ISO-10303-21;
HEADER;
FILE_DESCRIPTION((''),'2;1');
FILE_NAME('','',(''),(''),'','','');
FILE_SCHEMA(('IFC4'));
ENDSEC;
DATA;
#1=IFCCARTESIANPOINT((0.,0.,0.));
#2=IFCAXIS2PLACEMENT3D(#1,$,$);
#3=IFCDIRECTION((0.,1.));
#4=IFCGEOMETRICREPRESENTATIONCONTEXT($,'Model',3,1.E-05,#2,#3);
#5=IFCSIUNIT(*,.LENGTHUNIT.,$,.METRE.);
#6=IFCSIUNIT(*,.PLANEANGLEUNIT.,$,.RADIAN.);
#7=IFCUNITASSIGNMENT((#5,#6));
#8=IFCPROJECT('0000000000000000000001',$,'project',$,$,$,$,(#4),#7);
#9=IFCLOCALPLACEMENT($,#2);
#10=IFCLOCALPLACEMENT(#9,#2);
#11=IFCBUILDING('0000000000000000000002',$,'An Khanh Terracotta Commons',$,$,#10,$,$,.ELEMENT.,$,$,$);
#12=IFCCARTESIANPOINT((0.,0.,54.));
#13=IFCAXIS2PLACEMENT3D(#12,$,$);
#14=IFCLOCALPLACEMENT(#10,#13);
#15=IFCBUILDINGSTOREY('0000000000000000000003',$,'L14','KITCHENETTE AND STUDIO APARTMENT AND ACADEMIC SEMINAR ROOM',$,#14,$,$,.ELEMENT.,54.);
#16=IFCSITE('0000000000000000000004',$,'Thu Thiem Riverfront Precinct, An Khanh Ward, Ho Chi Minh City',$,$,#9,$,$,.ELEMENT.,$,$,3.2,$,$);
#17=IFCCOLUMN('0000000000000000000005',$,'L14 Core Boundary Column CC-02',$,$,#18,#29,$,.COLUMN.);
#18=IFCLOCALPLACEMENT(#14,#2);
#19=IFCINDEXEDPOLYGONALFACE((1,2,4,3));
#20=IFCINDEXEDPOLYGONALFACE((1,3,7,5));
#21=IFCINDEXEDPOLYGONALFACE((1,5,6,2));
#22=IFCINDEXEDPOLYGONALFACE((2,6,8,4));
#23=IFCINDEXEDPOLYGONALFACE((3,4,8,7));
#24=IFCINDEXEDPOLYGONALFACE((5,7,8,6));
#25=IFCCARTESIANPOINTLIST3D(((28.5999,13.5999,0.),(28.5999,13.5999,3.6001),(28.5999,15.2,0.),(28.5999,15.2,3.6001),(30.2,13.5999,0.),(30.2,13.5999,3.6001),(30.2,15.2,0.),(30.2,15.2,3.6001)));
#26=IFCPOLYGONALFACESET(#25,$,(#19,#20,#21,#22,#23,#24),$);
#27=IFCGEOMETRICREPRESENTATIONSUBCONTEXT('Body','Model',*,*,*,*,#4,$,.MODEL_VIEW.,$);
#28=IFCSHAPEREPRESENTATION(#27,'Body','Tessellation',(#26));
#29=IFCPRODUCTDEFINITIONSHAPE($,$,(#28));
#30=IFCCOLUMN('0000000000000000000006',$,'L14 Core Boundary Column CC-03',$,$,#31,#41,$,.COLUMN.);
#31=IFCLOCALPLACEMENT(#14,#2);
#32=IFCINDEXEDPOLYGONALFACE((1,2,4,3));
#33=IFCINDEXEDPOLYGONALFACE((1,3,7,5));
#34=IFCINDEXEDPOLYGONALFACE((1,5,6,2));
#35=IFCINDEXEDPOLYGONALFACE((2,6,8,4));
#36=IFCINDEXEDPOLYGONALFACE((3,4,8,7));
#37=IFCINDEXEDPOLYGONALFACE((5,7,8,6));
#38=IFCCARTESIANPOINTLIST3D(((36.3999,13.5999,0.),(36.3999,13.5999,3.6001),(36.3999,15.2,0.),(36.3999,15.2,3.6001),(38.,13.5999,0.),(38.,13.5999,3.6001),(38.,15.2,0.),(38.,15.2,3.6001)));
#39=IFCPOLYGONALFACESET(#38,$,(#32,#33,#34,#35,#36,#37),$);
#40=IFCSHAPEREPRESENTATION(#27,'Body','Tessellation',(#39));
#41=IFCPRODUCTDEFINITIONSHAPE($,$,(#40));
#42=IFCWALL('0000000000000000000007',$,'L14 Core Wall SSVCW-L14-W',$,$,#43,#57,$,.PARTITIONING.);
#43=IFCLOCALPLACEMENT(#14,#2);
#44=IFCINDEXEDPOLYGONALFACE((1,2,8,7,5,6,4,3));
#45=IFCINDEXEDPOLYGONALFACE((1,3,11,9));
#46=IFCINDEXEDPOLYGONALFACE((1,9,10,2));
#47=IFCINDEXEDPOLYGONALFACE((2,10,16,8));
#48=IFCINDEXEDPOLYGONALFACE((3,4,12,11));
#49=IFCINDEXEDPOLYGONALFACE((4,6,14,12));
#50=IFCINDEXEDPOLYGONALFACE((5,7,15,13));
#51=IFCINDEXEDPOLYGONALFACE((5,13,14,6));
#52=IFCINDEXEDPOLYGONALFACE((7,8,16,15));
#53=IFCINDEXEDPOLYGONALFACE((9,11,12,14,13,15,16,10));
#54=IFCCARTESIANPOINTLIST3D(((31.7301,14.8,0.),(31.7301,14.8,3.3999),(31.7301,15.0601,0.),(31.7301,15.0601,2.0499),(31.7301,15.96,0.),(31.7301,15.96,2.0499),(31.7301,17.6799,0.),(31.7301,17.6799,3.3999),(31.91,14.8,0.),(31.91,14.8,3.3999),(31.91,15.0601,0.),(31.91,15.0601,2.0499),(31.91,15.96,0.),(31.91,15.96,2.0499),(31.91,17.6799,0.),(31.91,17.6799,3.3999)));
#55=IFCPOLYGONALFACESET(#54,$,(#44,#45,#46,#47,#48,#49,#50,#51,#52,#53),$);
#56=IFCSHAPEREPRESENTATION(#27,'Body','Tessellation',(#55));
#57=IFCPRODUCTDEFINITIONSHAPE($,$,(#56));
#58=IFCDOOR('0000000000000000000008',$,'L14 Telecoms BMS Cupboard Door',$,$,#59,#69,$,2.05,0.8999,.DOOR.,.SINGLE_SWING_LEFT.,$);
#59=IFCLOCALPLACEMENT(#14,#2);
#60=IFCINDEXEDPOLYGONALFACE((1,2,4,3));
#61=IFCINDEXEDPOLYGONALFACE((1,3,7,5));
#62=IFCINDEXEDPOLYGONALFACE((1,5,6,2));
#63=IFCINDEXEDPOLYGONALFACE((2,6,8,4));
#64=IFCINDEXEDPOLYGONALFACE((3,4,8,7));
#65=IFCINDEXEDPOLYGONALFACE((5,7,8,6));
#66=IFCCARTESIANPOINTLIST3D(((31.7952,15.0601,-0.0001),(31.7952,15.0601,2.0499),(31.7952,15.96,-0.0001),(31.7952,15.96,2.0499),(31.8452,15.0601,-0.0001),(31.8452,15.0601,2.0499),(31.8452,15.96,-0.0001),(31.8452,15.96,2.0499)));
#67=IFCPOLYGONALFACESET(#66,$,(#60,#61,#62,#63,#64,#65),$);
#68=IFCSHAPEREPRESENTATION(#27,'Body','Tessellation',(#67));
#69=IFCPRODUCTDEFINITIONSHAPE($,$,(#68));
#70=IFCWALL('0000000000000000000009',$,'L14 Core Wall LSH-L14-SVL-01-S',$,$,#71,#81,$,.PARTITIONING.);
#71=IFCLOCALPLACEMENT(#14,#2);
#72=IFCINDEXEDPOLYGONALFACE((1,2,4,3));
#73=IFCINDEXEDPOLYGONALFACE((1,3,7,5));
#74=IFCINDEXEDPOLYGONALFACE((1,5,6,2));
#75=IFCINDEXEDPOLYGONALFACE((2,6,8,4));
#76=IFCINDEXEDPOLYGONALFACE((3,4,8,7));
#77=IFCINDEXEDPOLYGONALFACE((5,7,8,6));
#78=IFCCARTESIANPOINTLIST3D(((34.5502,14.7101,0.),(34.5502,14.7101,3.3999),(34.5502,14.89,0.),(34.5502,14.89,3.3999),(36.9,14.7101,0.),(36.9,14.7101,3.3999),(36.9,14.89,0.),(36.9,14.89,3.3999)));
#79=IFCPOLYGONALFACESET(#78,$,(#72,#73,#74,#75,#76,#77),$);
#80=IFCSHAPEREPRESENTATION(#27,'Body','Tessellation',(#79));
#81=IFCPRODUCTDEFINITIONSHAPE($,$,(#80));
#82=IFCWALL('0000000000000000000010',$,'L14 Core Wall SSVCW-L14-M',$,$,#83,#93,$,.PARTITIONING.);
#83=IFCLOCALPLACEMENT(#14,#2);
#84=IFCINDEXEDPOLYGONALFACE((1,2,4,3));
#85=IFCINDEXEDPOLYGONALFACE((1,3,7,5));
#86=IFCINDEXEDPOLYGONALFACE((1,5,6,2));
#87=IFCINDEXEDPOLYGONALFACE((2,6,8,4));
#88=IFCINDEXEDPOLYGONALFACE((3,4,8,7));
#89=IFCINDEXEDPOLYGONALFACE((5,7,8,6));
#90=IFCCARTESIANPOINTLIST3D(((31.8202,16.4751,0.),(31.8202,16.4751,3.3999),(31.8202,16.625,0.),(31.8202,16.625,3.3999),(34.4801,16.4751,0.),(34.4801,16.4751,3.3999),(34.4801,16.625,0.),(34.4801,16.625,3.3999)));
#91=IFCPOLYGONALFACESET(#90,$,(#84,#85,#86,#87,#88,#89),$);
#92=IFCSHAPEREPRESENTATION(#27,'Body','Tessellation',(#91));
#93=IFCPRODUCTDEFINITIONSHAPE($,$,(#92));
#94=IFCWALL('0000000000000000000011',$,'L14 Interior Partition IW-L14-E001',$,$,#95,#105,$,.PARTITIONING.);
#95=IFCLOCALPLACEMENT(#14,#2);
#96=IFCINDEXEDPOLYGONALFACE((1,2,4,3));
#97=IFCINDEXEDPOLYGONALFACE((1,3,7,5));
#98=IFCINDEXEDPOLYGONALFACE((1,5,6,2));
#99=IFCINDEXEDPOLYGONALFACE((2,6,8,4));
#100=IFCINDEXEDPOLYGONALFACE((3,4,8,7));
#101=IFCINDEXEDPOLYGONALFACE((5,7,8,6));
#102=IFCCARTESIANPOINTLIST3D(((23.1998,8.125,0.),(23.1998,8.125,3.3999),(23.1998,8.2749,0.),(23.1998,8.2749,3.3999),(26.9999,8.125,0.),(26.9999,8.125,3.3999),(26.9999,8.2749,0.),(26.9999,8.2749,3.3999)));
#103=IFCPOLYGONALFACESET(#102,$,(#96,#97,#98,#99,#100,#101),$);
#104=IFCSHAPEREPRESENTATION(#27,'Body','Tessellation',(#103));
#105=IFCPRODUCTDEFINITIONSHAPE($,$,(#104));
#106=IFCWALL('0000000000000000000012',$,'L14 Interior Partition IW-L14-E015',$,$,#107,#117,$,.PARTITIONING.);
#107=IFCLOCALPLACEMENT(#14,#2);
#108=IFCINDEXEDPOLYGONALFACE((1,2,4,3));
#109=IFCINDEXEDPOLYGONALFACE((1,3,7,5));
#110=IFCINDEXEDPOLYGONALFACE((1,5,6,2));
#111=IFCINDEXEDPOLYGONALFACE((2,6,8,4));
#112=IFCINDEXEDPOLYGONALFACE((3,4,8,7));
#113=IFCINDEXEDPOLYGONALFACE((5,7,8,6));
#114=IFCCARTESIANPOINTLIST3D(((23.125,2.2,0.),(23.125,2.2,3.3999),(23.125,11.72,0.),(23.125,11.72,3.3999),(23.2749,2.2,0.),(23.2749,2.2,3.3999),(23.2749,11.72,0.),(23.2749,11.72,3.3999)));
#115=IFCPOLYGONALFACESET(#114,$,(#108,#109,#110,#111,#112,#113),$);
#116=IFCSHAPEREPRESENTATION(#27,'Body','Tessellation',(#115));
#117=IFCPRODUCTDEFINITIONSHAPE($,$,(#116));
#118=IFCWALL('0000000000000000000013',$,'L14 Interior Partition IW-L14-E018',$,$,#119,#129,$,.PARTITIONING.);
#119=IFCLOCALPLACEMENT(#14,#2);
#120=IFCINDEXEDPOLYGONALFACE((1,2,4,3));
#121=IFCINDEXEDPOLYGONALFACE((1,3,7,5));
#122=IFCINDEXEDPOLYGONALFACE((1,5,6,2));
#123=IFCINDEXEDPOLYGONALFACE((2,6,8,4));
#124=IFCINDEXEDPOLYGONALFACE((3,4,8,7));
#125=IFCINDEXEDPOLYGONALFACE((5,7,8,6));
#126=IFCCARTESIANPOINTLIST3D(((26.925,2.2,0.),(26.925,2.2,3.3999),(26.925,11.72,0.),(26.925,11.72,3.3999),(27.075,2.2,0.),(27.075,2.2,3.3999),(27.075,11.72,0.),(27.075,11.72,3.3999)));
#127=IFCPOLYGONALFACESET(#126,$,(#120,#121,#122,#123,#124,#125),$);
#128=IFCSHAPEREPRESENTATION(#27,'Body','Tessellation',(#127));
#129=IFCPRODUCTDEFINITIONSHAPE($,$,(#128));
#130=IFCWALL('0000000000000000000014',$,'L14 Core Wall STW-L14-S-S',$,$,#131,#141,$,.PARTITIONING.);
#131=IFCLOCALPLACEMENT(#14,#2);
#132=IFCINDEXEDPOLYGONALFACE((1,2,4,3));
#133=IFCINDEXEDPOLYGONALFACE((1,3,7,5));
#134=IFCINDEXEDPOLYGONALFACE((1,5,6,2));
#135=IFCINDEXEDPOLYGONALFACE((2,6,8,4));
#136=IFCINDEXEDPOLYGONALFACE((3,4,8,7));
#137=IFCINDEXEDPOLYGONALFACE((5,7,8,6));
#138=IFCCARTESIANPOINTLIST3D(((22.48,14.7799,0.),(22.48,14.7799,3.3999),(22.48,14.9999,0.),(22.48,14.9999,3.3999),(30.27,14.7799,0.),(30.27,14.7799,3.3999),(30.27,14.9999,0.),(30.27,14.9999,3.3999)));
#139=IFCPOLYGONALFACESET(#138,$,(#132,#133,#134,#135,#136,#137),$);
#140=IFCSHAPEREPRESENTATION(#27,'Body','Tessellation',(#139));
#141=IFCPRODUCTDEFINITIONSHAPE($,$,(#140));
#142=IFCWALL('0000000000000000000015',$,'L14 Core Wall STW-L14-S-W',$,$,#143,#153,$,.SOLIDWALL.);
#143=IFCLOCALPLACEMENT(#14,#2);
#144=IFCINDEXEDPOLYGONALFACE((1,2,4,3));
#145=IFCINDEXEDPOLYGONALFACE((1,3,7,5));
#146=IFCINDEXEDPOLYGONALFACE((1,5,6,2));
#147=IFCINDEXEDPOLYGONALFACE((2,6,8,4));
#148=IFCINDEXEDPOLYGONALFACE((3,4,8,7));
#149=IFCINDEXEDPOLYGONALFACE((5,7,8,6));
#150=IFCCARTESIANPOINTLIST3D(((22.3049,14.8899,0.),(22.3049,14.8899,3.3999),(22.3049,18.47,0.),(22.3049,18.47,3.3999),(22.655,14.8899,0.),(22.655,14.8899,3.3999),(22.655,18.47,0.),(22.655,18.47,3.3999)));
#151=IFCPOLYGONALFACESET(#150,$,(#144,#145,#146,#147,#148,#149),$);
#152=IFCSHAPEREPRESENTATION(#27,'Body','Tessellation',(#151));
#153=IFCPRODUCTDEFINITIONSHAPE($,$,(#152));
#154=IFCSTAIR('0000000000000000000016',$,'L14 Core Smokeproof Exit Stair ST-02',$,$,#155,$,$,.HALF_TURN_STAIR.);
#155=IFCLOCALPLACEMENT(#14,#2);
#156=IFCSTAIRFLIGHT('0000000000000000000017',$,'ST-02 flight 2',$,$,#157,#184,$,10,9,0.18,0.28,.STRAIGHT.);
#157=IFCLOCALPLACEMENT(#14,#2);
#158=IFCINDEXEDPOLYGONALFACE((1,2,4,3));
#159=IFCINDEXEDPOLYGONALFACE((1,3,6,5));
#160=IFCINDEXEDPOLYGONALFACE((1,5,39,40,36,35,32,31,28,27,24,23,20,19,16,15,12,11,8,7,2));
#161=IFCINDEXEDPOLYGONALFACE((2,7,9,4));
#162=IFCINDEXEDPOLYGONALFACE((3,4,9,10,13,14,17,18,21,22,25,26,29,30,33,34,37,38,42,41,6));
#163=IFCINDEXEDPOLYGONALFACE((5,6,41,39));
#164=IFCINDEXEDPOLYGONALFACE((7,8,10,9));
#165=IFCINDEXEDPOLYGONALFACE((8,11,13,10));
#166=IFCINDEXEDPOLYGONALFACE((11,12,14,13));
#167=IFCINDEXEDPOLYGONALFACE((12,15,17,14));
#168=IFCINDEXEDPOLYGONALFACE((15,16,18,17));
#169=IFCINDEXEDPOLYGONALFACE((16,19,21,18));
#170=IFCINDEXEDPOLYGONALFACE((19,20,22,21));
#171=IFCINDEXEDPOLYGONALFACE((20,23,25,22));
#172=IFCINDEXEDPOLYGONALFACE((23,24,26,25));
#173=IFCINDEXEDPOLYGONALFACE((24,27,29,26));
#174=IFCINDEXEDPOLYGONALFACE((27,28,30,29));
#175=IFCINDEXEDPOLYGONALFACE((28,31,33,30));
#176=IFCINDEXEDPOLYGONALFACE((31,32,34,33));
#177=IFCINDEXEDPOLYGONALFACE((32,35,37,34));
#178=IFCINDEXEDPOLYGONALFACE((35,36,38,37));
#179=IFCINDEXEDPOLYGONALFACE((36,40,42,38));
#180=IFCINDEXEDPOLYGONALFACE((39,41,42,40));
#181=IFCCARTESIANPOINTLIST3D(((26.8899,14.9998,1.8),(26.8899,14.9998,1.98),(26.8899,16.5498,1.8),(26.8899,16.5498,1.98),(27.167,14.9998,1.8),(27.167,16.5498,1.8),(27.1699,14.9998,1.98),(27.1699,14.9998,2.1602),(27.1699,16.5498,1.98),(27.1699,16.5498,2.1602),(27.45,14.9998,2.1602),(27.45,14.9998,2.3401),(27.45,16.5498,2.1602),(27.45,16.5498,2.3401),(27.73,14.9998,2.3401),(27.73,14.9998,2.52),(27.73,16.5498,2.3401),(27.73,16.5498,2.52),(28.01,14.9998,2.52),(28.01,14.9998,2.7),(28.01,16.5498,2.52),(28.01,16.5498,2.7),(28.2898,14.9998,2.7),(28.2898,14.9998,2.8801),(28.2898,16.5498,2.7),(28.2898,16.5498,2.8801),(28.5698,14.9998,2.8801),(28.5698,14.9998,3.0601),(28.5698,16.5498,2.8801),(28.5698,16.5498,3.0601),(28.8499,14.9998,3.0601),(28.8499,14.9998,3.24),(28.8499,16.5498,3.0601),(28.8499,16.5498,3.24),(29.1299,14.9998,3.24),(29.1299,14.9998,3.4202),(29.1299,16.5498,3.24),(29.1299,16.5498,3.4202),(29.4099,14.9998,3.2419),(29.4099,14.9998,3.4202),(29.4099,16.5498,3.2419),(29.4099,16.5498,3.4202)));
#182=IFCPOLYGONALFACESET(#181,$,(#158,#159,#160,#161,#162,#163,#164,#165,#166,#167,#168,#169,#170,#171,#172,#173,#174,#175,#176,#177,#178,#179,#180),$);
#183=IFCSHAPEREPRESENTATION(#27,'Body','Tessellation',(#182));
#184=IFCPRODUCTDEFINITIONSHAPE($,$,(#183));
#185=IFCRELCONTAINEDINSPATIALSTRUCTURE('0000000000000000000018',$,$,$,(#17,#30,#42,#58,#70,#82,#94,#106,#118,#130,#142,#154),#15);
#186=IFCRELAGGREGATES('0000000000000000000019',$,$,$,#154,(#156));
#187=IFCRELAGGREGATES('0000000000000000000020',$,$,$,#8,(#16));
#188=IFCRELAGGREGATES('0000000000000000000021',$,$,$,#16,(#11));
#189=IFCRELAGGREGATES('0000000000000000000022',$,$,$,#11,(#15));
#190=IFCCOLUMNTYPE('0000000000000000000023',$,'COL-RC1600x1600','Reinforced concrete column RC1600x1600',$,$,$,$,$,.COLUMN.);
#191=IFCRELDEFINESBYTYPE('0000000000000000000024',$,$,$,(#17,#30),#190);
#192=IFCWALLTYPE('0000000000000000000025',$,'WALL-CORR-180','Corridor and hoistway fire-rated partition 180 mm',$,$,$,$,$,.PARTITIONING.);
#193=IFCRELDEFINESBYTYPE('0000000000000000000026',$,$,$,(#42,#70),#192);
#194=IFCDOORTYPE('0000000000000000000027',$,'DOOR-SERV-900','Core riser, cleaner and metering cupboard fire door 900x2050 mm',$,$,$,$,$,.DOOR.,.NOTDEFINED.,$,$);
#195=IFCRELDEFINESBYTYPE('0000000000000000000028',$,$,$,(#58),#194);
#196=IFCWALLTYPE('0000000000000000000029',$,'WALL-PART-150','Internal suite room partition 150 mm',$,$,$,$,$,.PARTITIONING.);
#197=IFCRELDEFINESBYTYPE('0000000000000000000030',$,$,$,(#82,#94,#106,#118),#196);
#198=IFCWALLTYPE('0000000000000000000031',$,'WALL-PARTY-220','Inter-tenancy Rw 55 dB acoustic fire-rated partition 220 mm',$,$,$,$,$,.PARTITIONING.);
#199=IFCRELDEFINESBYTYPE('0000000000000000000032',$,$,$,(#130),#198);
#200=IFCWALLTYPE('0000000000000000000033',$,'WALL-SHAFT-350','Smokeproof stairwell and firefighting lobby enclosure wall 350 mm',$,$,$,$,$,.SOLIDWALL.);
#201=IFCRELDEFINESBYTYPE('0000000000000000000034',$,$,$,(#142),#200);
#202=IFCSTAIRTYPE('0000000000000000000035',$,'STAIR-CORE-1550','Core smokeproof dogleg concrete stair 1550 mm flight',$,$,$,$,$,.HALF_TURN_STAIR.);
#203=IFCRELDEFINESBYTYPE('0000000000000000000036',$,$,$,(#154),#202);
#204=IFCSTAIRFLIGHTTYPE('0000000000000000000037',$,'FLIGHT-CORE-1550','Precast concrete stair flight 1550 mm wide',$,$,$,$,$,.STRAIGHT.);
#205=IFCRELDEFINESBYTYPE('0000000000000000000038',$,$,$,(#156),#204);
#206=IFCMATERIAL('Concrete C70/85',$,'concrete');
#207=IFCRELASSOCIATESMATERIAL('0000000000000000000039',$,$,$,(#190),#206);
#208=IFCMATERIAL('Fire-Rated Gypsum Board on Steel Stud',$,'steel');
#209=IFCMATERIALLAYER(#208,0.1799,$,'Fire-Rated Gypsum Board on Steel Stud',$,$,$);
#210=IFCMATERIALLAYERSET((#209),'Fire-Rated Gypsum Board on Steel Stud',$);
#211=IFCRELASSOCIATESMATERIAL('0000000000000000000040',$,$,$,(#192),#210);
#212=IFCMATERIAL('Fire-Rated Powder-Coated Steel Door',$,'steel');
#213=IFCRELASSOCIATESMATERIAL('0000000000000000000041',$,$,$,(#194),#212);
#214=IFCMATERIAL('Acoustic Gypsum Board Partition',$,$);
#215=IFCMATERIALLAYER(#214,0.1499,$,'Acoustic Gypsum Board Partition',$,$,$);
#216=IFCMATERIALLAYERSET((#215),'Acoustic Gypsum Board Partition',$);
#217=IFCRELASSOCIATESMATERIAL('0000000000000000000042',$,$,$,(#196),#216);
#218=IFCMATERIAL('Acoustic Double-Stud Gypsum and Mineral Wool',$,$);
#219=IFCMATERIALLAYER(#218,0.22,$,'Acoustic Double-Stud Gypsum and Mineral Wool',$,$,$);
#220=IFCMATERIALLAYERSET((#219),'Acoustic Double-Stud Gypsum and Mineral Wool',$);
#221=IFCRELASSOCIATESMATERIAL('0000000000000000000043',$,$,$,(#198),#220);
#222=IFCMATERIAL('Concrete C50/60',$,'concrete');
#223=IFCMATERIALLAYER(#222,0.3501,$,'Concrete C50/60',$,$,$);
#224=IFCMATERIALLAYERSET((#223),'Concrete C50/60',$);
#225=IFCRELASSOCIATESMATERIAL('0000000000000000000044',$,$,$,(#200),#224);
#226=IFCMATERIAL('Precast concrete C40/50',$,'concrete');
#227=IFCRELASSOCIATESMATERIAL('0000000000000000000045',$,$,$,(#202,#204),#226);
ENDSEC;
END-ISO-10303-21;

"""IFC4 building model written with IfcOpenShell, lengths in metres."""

from ifc_helpers import new_model, si_unit, direction, frame, frame_2d, origin, origin_2d, place, context, subcontext, project, spatial, polyline, rectangle, outline, extrude, material, layer, layer_set, material_profile, profile_set, type_object, element, fill, aggregate, save


model = new_model("IFC4")

# Units and contexts
model_context = context("Model", 3, precision=1e-05, world=origin(), true_north=direction((0.0, 1.0)))
body_context = subcontext(model_context, "Body", "Model", "MODEL_VIEW")
ifc_project = project(units=[si_unit("LENGTHUNIT", "METRE"), si_unit("PLANEANGLEUNIT", "RADIAN")], contexts=[model_context])

# Site, building, storey
site_placement = place(None, origin())
site = spatial("IfcSite", under=ifc_project, at=site_placement, Name="Thu Thiem Riverfront Precinct, An Khanh Ward, Ho Chi Minh City", CompositionType="ELEMENT", RefElevation=3.2)
building_placement = place(site_placement, origin())
building = spatial("IfcBuilding", under=site, at=building_placement, Name="An Khanh Terracotta Commons", CompositionType="ELEMENT")
storey_placement = place(building_placement, frame((0.0, 0.0, 54.0)))
storey = spatial("IfcBuildingStorey", under=building, at=storey_placement, Name="L14", Description="KITCHENETTE AND STUDIO APARTMENT AND ACADEMIC SEMINAR ROOM", CompositionType="ELEMENT", Elevation=54.0)

# Columns
ifc_material_1 = material(Name="Concrete C70/85", Category="concrete")
ifc_material_profile = material_profile(ifc_material_1, rectangle(XDim=1.6001, YDim=1.6001, at=origin_2d()), Name="RC1600x1600")
ifc_profile_set = profile_set([ifc_material_profile], Name="Concrete C70/85")
column_type = type_object("IfcColumnType", Name="COL-RC1600x1600", Description="Reinforced concrete column RC1600x1600", PredefinedType="COLUMN", material=ifc_profile_set)
for number, where, z_axis, x_axis, name in (
    (1, (29.3999, 14.3999, 0.0), (0.0, 0.0, 1.0), (1.0, 0.0, 0.0), "L14 Core Boundary Column CC-02"),
    (2, (37.2, 14.3999, 0.0), (0.0, 0.0, 1.0), (1.0, 0.0, 0.0), "L14 Core Boundary Column CC-03"),
):
    element("IfcColumn", number, at=place(storey_placement, frame(where, z_axis=z_axis, x_axis=x_axis)), inside=storey, type_object=column_type, Name=name, PredefinedType="COLUMN", context=body_context, shape_type="SweptSolid", body=[
        extrude(rectangle(XDim=1.6001, YDim=1.6001, at=origin_2d()), origin(), (0.0, 0.0, 1.0), 3.6001),
    ])

# Wall, opening, door
ifc_material_2 = material(Name="Fire-Rated Gypsum Board on Steel Stud", Category="steel")
ifc_layer_1 = layer(ifc_material_2, 0.1799, Name="Fire-Rated Gypsum Board on Steel Stud")
ifc_layer_set_1 = layer_set([ifc_layer_1], Name="Fire-Rated Gypsum Board on Steel Stud")
wall_type_1 = type_object("IfcWallType", Name="WALL-CORR-180", Description="Corridor and hoistway fire-rated partition 180 mm", PredefinedType="PARTITIONING", material=ifc_layer_set_1)
wall_1_placement = place(storey_placement, frame((31.8201, 14.8, 0.0), z_axis=(0.0, 0.0, 1.0), x_axis=(0.0, 1.0, 0.0)))
wall_1 = element("IfcWall", 3, at=wall_1_placement, inside=storey, type_object=wall_type_1, Name="L14 Core Wall SSVCW-L14-W", PredefinedType="PARTITIONING", context=body_context, shape_type="SweptSolid", body=[
    extrude(rectangle(XDim=2.8799, YDim=0.1799, at=frame_2d((1.4399, 0.0))), origin(), (0.0, 0.0, 1.0), 3.3999),
])
opening_1_placement = place(wall_1_placement, frame((0.26, 0.0, 0.0)))
opening_1 = element("IfcOpeningElement", 4, at=opening_1_placement, cuts=wall_1, PredefinedType="OPENING", context=body_context, shape_type="SweptSolid", body=[
    extrude(rectangle(XDim=0.8999, YDim=2.05, at=frame_2d((0.45, 1.0249))), frame((0.0, 0.0999, 0.0), z_axis=(0.0, -1.0, 0.0), x_axis=(1.0, 0.0, 0.0)), (0.0, 0.0, 1.0), 0.2),
])
ifc_material_3 = material(Name="Fire-Rated Powder-Coated Steel Door", Category="steel")
door_type_1 = type_object("IfcDoorType", Name="DOOR-SERV-900", Description="Core riser, cleaner and metering cupboard fire door 900x2050 mm", OperationType="NOTDEFINED", PredefinedType="DOOR", material=ifc_material_3)
door_1_placement = place(opening_1_placement, origin())
door_1 = element("IfcDoor", 5, at=door_1_placement, inside=storey, type_object=door_type_1, Name="L14 Telecoms BMS Cupboard Door", OperationType="SINGLE_SWING_LEFT", OverallHeight=2.05, OverallWidth=0.8999, PredefinedType="DOOR", context=body_context, shape_type="SweptSolid", body=[
    extrude(rectangle(XDim=0.8999, YDim=2.05, at=frame_2d((0.45, 1.0249))), frame((0.0, 0.0249, 0.0), z_axis=(0.0, -1.0, 0.0), x_axis=(1.0, 0.0, 0.0)), (0.0, 0.0, 1.0), 0.05),
])
fill(opening_1, door_1)

# Walls
wall_2_placement = place(storey_placement, frame((36.8999, 14.8, 0.0), z_axis=(0.0, 0.0, 1.0), x_axis=(-1.0, 0.0, 0.0)))
element("IfcWall", 6, at=wall_2_placement, inside=storey, type_object=wall_type_1, Name="L14 Core Wall LSH-L14-SVL-01-S", PredefinedType="PARTITIONING", context=body_context, shape_type="SweptSolid", body=[
    extrude(rectangle(XDim=2.3499, YDim=0.1799, at=frame_2d((1.1748, 0.0))), origin(), (0.0, 0.0, 1.0), 3.3999),
])
ifc_material_4 = material(Name="Acoustic Gypsum Board Partition")
ifc_layer_2 = layer(ifc_material_4, 0.1499, Name="Acoustic Gypsum Board Partition")
ifc_layer_set_2 = layer_set([ifc_layer_2], Name="Acoustic Gypsum Board Partition")
wall_type_2 = type_object("IfcWallType", Name="WALL-PART-150", Description="Internal suite room partition 150 mm", PredefinedType="PARTITIONING", material=ifc_layer_set_2)
wall_3_placement = place(storey_placement, frame((31.8201, 16.55, 0.0), z_axis=(0.0, 0.0, 1.0), x_axis=(1.0, 0.0, 0.0)))
element("IfcWall", 7, at=wall_3_placement, inside=storey, type_object=wall_type_2, Name="L14 Core Wall SSVCW-L14-M", PredefinedType="PARTITIONING", context=body_context, shape_type="SweptSolid", body=[
    extrude(rectangle(XDim=2.6599, YDim=0.1499, at=frame_2d((1.3301, 0.0))), origin(), (0.0, 0.0, 1.0), 3.3999),
])
wall_4_placement = place(storey_placement, frame((23.2, 8.2, 0.0), z_axis=(0.0, 0.0, 1.0), x_axis=(1.0, 0.0, 0.0)))
element("IfcWall", 8, at=wall_4_placement, inside=storey, type_object=wall_type_2, Name="L14 Interior Partition IW-L14-E001", PredefinedType="PARTITIONING", context=body_context, shape_type="SweptSolid", body=[
    extrude(rectangle(XDim=3.8, YDim=0.1499, at=frame_2d((1.8999, 0.0))), origin(), (0.0, 0.0, 1.0), 3.3999),
])
for number, where, z_axis, x_axis, name in (
    (9, (23.2, 2.2, 0.0), (0.0, 0.0, 1.0), (0.0, 1.0, 0.0), "L14 Interior Partition IW-L14-E015"),
    (10, (27.0, 2.2, 0.0), (0.0, 0.0, 1.0), (0.0, 1.0, 0.0), "L14 Interior Partition IW-L14-E018"),
):
    element("IfcWall", number, at=place(storey_placement, frame(where, z_axis=z_axis, x_axis=x_axis)), inside=storey, type_object=wall_type_2, Name=name, PredefinedType="PARTITIONING", context=body_context, shape_type="SweptSolid", body=[
        extrude(rectangle(XDim=9.52, YDim=0.1499, at=frame_2d((4.76, 0.0))), origin(), (0.0, 0.0, 1.0), 3.3999),
    ])
ifc_material_5 = material(Name="Acoustic Double-Stud Gypsum and Mineral Wool")
ifc_layer_3 = layer(ifc_material_5, 0.22, Name="Acoustic Double-Stud Gypsum and Mineral Wool")
ifc_layer_set_3 = layer_set([ifc_layer_3], Name="Acoustic Double-Stud Gypsum and Mineral Wool")
wall_type_3 = type_object("IfcWallType", Name="WALL-PARTY-220", Description="Inter-tenancy Rw 55 dB acoustic fire-rated partition 220 mm", PredefinedType="PARTITIONING", material=ifc_layer_set_3)
wall_5_placement = place(storey_placement, frame((22.48, 14.8899, 0.0), z_axis=(0.0, 0.0, 1.0), x_axis=(1.0, 0.0, 0.0)))
element("IfcWall", 11, at=wall_5_placement, inside=storey, type_object=wall_type_3, Name="L14 Core Wall STW-L14-S-S", PredefinedType="PARTITIONING", context=body_context, shape_type="SweptSolid", body=[
    extrude(rectangle(XDim=7.79, YDim=0.22, at=frame_2d((3.895, 0.0))), origin(), (0.0, 0.0, 1.0), 3.3999),
])
ifc_material_6 = material(Name="Concrete C50/60", Category="concrete")
ifc_layer_4 = layer(ifc_material_6, 0.3501, Name="Concrete C50/60")
ifc_layer_set_4 = layer_set([ifc_layer_4], Name="Concrete C50/60")
wall_type_4 = type_object("IfcWallType", Name="WALL-SHAFT-350", Description="Smokeproof stairwell and firefighting lobby enclosure wall 350 mm", PredefinedType="SOLIDWALL", material=ifc_layer_set_4)
wall_6_placement = place(storey_placement, frame((22.48, 14.8899, 0.0), z_axis=(0.0, 0.0, 1.0), x_axis=(0.0, 1.0, 0.0)))
element("IfcWall", 12, at=wall_6_placement, inside=storey, type_object=wall_type_4, Name="L14 Core Wall STW-L14-S-W", PredefinedType="SOLIDWALL", context=body_context, shape_type="SweptSolid", body=[
    extrude(rectangle(XDim=3.5801, YDim=0.3501, at=frame_2d((1.79, 0.0))), origin(), (0.0, 0.0, 1.0), 3.3999),
])

# Stair, stair flight
ifc_material_7 = material(Name="Precast concrete C40/50", Category="concrete")
stair_type = type_object("IfcStairType", Name="STAIR-CORE-1550", Description="Core smokeproof dogleg concrete stair 1550 mm flight", PredefinedType="HALF_TURN_STAIR", material=ifc_material_7)
stair_placement = place(storey_placement, origin())
stair = element("IfcStair", 13, at=stair_placement, inside=storey, type_object=stair_type, Name="L14 Core Smokeproof Exit Stair ST-02", PredefinedType="HALF_TURN_STAIR")
stair_flight_type = type_object("IfcStairFlightType", Name="FLIGHT-CORE-1550", Description="Precast concrete stair flight 1550 mm wide", PredefinedType="STRAIGHT", material=ifc_material_7)
stair_flight_placement = place(storey_placement, frame((26.8899, 15.7749, 1.8), z_axis=(0.0, 0.0, 1.0), x_axis=(1.0, 0.0, 0.0)))
stair_flight = element("IfcStairFlight", 14, at=stair_flight_placement, type_object=stair_flight_type, Name="ST-02 flight 2", NumberOfRisers=10, NumberOfTreads=9, PredefinedType="STRAIGHT", RiserHeight=0.18, TreadLength=0.28, context=body_context, shape_type="SweptSolid", body=[
    extrude(outline(polyline([(0.0, 0.0), (0.0, 0.1799), (0.28, 0.1799), (0.28, 0.3601), (0.5601, 0.3601), (0.5601, 0.54), (0.8401, 0.54), (0.8401, 0.72), (1.1201, 0.72), (1.1201, 0.8999), (1.3999, 0.8999), (1.3999, 1.0801), (1.6799, 1.0801), (1.6799, 1.26), (1.96, 1.26), (1.96, 1.4399), (2.24, 1.4399), (2.24, 1.6201), (2.52, 1.6201), (2.52, 1.8), (2.52, 1.4419), (0.2771, 0.0), (0.0, 0.0)])), frame((0.0, 0.7749, 0.0), z_axis=(0.0, -1.0, 0.0), x_axis=(1.0, 0.0, 0.0)), (0.0, 0.0, 1.0), 1.55),
])
aggregate(stair, [stair_flight])

save(model, "model.ifc")
